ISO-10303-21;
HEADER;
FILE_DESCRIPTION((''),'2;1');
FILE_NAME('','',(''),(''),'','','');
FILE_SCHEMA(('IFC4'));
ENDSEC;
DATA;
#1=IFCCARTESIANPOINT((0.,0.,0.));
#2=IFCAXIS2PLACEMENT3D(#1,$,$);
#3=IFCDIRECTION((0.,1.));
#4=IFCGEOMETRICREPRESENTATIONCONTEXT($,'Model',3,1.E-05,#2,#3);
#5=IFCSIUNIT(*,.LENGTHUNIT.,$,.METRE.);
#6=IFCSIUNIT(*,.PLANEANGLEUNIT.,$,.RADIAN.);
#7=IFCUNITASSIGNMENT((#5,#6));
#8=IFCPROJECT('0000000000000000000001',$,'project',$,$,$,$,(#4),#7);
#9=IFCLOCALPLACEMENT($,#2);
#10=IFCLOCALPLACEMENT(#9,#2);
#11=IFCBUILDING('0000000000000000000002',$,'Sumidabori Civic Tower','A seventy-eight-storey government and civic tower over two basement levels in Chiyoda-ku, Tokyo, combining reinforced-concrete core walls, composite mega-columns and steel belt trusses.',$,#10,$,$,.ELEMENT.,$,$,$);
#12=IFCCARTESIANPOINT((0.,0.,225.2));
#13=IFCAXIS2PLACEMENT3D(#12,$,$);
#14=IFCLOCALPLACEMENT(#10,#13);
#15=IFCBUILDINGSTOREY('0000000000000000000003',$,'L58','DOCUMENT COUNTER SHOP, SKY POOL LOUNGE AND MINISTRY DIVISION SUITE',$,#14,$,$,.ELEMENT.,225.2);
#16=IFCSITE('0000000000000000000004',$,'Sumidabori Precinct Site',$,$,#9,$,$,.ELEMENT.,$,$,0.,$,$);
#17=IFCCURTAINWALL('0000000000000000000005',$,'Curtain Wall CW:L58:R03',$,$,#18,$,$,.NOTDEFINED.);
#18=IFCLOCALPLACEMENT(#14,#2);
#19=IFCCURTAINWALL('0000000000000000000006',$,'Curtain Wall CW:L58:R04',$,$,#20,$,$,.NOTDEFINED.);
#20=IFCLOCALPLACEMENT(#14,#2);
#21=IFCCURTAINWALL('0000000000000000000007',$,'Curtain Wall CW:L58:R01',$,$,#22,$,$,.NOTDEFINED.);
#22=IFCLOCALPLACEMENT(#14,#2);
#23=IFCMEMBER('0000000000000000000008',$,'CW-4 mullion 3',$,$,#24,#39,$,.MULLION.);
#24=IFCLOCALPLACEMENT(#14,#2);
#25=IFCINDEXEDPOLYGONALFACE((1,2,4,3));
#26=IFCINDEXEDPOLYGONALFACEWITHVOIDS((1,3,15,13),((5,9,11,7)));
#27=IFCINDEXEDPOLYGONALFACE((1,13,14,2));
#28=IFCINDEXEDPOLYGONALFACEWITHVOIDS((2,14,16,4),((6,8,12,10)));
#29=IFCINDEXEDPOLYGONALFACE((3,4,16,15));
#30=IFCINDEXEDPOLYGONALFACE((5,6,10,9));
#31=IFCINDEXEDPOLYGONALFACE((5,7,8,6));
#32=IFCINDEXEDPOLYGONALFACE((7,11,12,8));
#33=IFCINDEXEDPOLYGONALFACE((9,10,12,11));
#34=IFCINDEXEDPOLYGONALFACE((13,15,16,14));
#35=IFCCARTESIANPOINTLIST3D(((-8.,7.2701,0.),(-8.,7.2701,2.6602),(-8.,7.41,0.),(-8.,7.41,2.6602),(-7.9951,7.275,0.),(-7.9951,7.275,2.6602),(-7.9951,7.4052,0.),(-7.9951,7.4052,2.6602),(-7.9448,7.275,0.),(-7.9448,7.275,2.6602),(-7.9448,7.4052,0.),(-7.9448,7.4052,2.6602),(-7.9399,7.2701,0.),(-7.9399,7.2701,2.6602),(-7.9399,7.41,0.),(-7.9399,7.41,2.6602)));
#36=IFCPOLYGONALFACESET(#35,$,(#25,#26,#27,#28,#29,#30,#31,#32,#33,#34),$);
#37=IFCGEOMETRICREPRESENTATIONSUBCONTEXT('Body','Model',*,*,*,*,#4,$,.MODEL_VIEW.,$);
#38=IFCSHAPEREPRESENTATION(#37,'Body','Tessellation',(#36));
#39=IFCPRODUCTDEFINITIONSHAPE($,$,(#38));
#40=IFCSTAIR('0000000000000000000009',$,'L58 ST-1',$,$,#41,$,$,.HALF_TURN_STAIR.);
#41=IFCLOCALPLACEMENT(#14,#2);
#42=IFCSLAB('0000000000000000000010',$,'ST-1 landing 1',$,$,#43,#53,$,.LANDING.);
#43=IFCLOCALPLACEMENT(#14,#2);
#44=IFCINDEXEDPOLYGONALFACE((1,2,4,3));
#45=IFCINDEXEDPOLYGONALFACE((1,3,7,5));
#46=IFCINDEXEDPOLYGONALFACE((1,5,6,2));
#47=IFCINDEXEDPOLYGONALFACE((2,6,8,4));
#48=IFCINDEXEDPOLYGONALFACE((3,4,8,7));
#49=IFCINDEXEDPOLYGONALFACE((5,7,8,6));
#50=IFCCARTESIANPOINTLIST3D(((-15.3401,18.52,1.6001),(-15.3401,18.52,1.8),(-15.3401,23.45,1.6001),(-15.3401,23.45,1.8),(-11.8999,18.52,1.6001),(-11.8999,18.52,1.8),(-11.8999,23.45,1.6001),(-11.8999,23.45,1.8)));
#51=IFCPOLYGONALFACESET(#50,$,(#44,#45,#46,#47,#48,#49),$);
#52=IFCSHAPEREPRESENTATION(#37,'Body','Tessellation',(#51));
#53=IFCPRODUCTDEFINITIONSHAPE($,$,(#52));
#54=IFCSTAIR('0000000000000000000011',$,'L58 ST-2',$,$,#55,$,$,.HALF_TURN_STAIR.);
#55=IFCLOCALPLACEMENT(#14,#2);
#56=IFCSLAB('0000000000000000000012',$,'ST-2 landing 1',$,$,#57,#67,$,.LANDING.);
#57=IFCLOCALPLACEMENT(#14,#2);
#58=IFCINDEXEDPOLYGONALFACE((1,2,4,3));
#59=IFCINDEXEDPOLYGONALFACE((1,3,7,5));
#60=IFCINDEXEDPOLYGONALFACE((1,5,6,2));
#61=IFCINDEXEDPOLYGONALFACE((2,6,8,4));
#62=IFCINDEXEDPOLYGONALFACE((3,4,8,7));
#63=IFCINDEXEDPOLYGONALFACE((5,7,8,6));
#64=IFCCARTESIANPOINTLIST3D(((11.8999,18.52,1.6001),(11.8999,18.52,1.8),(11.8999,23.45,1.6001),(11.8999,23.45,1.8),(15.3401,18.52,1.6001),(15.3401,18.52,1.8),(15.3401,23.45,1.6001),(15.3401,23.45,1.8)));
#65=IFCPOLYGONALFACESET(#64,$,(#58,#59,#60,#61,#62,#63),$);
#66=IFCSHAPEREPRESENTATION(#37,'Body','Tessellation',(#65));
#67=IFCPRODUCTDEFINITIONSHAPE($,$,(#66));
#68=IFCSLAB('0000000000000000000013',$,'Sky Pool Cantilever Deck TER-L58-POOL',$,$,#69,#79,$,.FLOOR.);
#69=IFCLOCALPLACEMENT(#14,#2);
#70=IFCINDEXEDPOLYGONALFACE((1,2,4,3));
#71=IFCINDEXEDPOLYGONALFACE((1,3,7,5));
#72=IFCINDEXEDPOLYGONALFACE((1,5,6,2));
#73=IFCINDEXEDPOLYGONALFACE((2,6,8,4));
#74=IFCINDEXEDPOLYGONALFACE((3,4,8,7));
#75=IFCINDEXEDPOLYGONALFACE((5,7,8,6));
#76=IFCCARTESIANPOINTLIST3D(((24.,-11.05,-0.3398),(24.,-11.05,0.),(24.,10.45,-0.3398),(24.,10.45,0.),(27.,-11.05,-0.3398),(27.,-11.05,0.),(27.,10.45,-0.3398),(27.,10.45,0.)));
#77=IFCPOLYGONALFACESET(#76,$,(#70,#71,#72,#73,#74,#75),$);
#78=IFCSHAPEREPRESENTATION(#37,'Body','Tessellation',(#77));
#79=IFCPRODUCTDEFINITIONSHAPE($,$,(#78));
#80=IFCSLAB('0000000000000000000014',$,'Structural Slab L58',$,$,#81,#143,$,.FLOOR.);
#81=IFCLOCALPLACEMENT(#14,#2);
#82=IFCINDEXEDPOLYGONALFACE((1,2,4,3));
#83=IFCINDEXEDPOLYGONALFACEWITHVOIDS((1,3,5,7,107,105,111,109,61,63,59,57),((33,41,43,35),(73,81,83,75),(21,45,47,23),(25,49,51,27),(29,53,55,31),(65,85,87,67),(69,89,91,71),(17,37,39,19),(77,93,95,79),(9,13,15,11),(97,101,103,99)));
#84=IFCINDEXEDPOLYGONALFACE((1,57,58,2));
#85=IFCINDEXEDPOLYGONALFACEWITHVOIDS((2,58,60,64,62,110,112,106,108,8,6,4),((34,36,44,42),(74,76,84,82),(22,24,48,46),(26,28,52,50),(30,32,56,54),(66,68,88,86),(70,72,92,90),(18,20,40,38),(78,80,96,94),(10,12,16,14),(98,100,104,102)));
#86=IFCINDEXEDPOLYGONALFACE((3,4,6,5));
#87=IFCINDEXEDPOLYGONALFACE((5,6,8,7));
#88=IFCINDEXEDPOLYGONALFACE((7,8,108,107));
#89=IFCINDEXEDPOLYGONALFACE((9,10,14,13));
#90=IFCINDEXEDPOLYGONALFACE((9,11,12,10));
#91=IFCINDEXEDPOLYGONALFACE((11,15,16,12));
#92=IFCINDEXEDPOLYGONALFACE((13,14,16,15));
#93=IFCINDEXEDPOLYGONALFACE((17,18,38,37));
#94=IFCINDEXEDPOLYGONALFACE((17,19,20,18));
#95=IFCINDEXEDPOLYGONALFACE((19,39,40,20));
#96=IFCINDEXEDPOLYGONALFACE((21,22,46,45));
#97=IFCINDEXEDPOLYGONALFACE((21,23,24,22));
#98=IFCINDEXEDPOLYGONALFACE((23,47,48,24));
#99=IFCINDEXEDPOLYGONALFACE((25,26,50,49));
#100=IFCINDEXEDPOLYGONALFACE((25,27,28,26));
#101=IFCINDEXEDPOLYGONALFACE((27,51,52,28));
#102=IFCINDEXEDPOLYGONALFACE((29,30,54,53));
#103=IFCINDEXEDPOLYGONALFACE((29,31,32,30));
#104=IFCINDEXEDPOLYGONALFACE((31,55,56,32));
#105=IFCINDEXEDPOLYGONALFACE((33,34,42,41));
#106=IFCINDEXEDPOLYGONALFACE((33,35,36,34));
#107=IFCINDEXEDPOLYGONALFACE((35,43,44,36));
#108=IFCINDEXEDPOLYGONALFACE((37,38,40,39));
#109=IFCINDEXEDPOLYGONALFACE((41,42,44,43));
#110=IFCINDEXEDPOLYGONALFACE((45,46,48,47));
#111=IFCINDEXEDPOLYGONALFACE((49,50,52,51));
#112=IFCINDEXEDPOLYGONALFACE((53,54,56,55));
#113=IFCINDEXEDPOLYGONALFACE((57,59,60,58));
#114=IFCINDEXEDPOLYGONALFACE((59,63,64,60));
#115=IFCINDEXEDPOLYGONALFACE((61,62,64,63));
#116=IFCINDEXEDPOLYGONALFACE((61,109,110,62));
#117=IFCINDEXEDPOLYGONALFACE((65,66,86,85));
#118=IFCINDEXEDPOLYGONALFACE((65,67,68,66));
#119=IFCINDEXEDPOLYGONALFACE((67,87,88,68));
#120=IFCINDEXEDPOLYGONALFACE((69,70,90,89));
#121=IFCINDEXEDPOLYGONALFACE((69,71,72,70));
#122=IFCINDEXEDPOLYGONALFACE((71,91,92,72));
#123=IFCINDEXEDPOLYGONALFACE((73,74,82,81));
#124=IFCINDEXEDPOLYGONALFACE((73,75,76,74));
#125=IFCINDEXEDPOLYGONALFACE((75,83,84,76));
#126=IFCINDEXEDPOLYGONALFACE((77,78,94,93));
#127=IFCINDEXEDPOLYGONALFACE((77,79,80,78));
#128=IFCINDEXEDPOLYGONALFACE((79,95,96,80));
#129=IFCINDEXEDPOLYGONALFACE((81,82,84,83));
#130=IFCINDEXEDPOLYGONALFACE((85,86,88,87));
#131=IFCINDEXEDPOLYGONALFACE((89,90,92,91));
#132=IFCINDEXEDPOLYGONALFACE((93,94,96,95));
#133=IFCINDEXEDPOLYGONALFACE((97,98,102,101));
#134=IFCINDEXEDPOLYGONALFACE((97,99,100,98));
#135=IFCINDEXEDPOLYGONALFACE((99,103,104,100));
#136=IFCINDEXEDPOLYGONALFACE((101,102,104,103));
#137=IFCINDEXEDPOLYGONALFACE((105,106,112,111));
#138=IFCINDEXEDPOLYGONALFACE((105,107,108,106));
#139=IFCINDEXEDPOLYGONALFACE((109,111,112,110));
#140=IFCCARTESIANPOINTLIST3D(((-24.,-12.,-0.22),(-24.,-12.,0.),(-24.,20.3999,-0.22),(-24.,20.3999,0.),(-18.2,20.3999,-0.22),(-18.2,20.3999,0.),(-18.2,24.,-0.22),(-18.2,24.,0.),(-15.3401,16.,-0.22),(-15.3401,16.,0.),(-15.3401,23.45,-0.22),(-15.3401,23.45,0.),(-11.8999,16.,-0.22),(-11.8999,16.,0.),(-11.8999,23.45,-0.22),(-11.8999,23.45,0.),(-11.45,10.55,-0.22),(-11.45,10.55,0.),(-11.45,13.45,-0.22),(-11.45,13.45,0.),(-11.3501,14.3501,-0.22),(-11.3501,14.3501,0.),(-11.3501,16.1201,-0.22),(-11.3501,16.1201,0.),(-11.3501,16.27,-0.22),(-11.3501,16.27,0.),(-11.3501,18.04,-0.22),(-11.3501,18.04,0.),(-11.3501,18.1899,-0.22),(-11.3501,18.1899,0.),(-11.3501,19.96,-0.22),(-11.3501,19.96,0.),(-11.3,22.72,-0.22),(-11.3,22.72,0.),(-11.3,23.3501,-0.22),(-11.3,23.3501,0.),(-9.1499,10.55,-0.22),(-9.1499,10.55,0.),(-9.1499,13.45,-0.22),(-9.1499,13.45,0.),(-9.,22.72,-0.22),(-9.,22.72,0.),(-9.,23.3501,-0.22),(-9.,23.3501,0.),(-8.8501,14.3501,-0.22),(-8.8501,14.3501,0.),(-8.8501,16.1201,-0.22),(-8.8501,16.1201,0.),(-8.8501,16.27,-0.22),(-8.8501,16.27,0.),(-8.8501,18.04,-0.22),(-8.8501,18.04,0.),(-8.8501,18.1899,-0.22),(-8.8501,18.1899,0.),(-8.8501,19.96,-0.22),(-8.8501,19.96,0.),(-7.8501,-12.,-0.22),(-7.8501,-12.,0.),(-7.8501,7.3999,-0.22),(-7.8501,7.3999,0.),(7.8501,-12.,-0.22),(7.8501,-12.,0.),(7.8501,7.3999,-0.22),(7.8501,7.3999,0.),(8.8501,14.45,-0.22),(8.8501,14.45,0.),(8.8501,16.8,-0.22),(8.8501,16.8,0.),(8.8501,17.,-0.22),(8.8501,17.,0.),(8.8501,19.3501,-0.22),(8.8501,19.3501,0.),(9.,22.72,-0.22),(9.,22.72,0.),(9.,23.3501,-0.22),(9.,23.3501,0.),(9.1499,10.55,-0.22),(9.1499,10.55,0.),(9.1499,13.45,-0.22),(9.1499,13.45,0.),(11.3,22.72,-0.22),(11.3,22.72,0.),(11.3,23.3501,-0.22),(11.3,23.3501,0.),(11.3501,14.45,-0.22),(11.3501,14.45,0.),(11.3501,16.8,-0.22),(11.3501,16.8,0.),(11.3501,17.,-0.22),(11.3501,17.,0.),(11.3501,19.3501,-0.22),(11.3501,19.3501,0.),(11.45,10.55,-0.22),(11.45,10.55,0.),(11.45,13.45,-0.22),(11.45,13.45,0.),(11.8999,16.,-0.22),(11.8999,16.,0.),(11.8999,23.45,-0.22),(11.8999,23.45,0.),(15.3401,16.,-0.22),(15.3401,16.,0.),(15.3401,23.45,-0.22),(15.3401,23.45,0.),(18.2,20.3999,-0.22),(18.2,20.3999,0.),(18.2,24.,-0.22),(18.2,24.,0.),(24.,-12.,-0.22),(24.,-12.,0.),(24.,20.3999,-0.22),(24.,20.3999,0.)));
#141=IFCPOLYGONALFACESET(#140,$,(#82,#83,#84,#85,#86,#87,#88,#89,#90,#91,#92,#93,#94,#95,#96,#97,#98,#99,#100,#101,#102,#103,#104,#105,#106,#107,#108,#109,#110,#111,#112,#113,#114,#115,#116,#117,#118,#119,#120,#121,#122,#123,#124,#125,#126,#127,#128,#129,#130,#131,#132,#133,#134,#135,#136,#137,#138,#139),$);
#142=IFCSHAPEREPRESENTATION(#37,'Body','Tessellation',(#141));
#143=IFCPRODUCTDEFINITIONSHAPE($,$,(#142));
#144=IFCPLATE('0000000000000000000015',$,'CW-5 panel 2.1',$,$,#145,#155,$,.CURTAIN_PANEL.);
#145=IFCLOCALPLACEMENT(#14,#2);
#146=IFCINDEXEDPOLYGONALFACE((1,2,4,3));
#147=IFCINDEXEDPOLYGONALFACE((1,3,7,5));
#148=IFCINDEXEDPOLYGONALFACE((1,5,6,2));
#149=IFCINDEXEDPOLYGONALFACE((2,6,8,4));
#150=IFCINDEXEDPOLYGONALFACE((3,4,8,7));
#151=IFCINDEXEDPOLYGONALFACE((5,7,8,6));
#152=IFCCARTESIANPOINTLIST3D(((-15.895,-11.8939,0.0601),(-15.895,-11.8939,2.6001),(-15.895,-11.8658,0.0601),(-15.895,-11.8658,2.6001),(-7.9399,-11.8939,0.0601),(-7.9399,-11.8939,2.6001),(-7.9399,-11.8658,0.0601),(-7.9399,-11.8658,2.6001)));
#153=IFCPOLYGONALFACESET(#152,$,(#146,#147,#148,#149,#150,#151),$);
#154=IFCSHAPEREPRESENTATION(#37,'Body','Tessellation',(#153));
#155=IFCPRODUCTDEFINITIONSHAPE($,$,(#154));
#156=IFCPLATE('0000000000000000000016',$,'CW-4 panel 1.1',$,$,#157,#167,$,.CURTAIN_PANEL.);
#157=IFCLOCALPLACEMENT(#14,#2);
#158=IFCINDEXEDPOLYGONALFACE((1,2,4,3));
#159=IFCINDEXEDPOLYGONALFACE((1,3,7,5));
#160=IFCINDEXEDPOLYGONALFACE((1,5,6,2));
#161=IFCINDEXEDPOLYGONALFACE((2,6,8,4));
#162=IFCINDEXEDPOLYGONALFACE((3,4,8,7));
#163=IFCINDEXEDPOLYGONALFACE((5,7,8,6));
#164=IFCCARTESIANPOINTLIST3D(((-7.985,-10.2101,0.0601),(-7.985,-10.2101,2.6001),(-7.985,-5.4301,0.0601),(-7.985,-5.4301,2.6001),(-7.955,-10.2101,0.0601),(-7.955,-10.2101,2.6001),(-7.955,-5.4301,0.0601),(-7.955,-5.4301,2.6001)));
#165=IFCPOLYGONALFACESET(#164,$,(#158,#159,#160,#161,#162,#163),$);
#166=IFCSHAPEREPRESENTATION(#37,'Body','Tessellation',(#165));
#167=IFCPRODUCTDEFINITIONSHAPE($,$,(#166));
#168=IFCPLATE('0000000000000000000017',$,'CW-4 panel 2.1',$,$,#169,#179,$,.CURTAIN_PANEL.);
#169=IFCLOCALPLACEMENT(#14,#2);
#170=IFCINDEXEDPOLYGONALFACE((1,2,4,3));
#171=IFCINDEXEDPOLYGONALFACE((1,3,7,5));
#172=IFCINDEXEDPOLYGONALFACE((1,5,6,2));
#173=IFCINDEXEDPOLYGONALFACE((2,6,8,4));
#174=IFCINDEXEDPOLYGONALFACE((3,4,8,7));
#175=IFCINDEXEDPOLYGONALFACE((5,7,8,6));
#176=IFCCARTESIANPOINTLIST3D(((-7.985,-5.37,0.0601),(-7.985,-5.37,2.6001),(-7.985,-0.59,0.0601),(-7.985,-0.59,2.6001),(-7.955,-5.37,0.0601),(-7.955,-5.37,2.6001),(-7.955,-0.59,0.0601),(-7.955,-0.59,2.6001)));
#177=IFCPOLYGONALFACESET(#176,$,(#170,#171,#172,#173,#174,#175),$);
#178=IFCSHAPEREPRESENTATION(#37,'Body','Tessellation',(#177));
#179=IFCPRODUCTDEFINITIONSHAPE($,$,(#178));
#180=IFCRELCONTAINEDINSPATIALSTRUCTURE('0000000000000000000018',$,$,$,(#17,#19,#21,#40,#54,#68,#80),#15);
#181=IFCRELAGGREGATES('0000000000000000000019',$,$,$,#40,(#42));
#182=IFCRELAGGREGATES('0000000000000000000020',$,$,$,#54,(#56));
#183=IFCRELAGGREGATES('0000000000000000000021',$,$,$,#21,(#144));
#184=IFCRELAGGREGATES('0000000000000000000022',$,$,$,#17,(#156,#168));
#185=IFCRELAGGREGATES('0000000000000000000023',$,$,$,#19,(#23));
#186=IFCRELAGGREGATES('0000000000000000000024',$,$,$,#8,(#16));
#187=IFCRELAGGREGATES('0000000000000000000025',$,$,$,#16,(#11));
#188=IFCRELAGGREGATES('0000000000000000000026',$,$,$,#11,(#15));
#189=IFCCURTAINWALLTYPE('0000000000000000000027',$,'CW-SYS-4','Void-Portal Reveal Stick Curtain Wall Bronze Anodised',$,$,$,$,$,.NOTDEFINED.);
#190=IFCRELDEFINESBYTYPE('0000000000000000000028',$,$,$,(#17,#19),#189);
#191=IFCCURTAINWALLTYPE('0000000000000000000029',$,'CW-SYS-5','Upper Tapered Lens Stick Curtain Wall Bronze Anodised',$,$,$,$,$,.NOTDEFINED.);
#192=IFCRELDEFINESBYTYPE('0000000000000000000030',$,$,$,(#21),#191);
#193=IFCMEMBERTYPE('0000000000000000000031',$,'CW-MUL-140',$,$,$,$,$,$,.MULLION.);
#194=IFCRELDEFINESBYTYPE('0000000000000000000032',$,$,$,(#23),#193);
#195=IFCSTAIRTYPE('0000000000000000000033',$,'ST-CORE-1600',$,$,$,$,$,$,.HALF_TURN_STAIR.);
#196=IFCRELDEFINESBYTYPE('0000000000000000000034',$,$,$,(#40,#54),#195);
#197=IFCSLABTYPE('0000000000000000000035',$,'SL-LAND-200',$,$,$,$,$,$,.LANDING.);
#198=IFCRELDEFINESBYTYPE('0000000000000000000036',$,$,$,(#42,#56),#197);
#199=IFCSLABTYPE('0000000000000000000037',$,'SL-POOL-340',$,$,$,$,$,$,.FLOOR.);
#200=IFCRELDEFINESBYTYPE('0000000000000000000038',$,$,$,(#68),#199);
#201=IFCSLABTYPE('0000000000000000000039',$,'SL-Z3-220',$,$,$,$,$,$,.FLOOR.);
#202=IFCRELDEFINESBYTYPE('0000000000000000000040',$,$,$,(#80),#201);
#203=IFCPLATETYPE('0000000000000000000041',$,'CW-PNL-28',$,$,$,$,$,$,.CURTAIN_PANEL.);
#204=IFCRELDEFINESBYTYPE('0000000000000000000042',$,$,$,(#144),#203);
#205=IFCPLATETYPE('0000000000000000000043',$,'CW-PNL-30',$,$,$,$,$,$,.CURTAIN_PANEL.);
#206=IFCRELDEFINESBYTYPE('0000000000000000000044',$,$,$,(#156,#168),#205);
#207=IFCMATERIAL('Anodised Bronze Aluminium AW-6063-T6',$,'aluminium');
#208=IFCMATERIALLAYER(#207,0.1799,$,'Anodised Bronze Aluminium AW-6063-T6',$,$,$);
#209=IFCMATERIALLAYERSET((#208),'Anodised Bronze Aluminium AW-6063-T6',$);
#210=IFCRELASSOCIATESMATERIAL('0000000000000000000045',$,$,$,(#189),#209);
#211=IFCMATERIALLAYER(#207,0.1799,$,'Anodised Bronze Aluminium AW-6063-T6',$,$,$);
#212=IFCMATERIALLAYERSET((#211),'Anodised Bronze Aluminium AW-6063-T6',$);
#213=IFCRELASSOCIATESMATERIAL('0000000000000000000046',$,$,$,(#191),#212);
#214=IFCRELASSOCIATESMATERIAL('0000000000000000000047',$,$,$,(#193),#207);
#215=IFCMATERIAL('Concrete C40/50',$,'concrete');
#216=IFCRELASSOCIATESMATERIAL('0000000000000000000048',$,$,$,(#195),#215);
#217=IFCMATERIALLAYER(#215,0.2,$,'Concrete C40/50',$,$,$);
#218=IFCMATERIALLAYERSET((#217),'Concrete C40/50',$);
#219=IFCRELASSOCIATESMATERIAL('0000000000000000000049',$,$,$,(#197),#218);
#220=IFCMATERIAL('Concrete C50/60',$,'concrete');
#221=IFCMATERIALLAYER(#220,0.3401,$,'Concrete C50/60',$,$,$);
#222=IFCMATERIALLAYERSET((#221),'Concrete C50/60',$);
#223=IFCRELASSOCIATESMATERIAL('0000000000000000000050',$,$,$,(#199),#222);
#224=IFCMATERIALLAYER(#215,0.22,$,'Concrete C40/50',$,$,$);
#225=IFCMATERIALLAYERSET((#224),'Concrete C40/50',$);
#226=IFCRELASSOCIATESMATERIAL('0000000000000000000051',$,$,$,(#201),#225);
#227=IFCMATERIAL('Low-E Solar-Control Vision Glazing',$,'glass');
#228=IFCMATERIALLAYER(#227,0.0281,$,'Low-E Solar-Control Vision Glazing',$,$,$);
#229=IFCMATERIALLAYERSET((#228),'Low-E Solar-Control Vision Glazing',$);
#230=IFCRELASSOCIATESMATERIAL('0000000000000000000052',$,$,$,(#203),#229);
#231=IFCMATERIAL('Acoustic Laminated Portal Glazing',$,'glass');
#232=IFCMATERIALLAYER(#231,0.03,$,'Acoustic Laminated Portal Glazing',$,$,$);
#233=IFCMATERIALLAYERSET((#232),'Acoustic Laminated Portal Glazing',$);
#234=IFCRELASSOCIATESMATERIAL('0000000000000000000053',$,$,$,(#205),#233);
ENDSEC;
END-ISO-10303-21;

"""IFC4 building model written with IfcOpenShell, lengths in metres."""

from ifc_helpers import new_model, si_unit, direction, frame, origin, origin_2d, place, context, subcontext, project, spatial, polyline, rectangle, hollow_rectangle, outline, extrude, source, transform, mapped, material, layer, layer_set, material_profile, profile_set, type_object, element, aggregate, save


model = new_model("IFC4")

# Units and contexts
model_context = context("Model", 3, precision=1e-05, world=origin(), true_north=direction((0.0, 1.0)))
body_context = subcontext(model_context, "Body", "Model", "MODEL_VIEW")
ifc_project = project(units=[si_unit("LENGTHUNIT", "METRE"), si_unit("PLANEANGLEUNIT", "RADIAN")], contexts=[model_context])

# Site, building, storey
site_placement = place(None, origin())
site = spatial("IfcSite", under=ifc_project, at=site_placement, Name="Sumidabori Precinct Site", CompositionType="ELEMENT", RefElevation=0.0)
building_placement = place(site_placement, origin())
building = spatial("IfcBuilding", under=site, at=building_placement, Name="Sumidabori Civic Tower", Description="A seventy-eight-storey government and civic tower over two basement levels in Chiyoda-ku, Tokyo, combining reinforced-concrete core walls, composite mega-columns and steel belt trusses.", CompositionType="ELEMENT")
storey_placement = place(building_placement, frame((0.0, 0.0, 225.2)))
storey = spatial("IfcBuildingStorey", under=building, at=storey_placement, Name="L58", Description="DOCUMENT COUNTER SHOP, SKY POOL LOUNGE AND MINISTRY DIVISION SUITE", CompositionType="ELEMENT", Elevation=225.2)

# Curtain walls
ifc_material_1 = material(Name="Anodised Bronze Aluminium AW-6063-T6", Category="aluminium")
ifc_layer_1 = layer(ifc_material_1, 0.1799, Name="Anodised Bronze Aluminium AW-6063-T6")
ifc_layer_set_1 = layer_set([ifc_layer_1], Name="Anodised Bronze Aluminium AW-6063-T6")
curtain_wall_type_1 = type_object("IfcCurtainWallType", Name="CW-SYS-4", Description="Void-Portal Reveal Stick Curtain Wall Bronze Anodised", PredefinedType="NOTDEFINED", material=ifc_layer_set_1)
curtain_wall_1_placement = place(storey_placement, origin())
curtain_wall_1 = element("IfcCurtainWall", 1, at=curtain_wall_1_placement, inside=storey, type_object=curtain_wall_type_1, Name="Curtain Wall CW:L58:R03", PredefinedType="NOTDEFINED")
curtain_wall_2_placement = place(storey_placement, origin())
curtain_wall_2 = element("IfcCurtainWall", 2, at=curtain_wall_2_placement, inside=storey, type_object=curtain_wall_type_1, Name="Curtain Wall CW:L58:R04", PredefinedType="NOTDEFINED")

# Curtain wall
ifc_layer_2 = layer(ifc_material_1, 0.1799, Name="Anodised Bronze Aluminium AW-6063-T6")
ifc_layer_set_2 = layer_set([ifc_layer_2], Name="Anodised Bronze Aluminium AW-6063-T6")
curtain_wall_type_2 = type_object("IfcCurtainWallType", Name="CW-SYS-5", Description="Upper Tapered Lens Stick Curtain Wall Bronze Anodised", PredefinedType="NOTDEFINED", material=ifc_layer_set_2)
curtain_wall_3_placement = place(storey_placement, origin())
curtain_wall_3 = element("IfcCurtainWall", 3, at=curtain_wall_3_placement, inside=storey, type_object=curtain_wall_type_2, Name="Curtain Wall CW:L58:R01", PredefinedType="NOTDEFINED")
ifc_material_profile_1 = material_profile(ifc_material_1, hollow_rectangle(XDim=0.0601, YDim=0.1399, WallThickness=0.0049, at=origin_2d()), Name="ALU MULLION 140x60")
ifc_profile_set_1 = profile_set([ifc_material_profile_1], Name="Anodised Bronze Aluminium AW-6063-T6")
member_type_1 = type_object("IfcMemberType", Name="CW-MUL-140", PredefinedType="MULLION", material=ifc_profile_set_1)
shared_shape_1 = source(origin(), body_context, "Body", "SweptSolid", [
    extrude(hollow_rectangle(XDim=0.0601, YDim=0.1399, WallThickness=0.0049, at=origin_2d()), origin(), (0.0, 0.0, 1.0), 2.6602),
])

# Member
member_1_placement = place(storey_placement, frame((-7.97, 7.3401, 0.0), z_axis=(0.0, 0.0, 1.0), x_axis=(-1.0, 0.0, 0.0)))
member_1 = element("IfcMember", 4, at=member_1_placement, type_object=member_type_1, Name="CW-4 mullion 3", PredefinedType="MULLION", context=body_context, shape_type="MappedRepresentation", body=[
    mapped(shared_shape_1, transform((0.0, 0.0, 0.0), x_axis=(1.0, 0.0, 0.0), y_axis=(0.0, 1.0, 0.0), z_axis=(0.0, 0.0, 1.0), scale=1.0)),
])

# Stairs, slabs
ifc_material_2 = material(Name="Concrete C40/50", Category="concrete")
stair_type = type_object("IfcStairType", Name="ST-CORE-1600", PredefinedType="HALF_TURN_STAIR", material=ifc_material_2)
stair_1_placement = place(storey_placement, origin())
stair_1 = element("IfcStair", 5, at=stair_1_placement, inside=storey, type_object=stair_type, Name="L58 ST-1", PredefinedType="HALF_TURN_STAIR")
ifc_layer_3 = layer(ifc_material_2, 0.2, Name="Concrete C40/50")
ifc_layer_set_3 = layer_set([ifc_layer_3], Name="Concrete C40/50")
slab_type_1 = type_object("IfcSlabType", Name="SL-LAND-200", PredefinedType="LANDING", material=ifc_layer_set_3)
slab_1_placement = place(storey_placement, frame((0.0, 0.0, 1.6001)))
slab_1 = element("IfcSlab", 6, at=slab_1_placement, type_object=slab_type_1, Name="ST-1 landing 1", PredefinedType="LANDING", context=body_context, shape_type="SweptSolid", body=[
    extrude(outline(polyline([(-11.8999, 18.52), (-11.8999, 23.45), (-15.3401, 23.45), (-15.3401, 18.52), (-11.8999, 18.52)])), origin(), (0.0, 0.0, 1.0), 0.2),
])
aggregate(stair_1, [slab_1])
stair_2_placement = place(storey_placement, origin())
stair_2 = element("IfcStair", 7, at=stair_2_placement, inside=storey, type_object=stair_type, Name="L58 ST-2", PredefinedType="HALF_TURN_STAIR")
slab_2_placement = place(storey_placement, frame((0.0, 0.0, 1.6001)))
slab_2 = element("IfcSlab", 8, at=slab_2_placement, type_object=slab_type_1, Name="ST-2 landing 1", PredefinedType="LANDING", context=body_context, shape_type="SweptSolid", body=[
    extrude(outline(polyline([(15.3401, 18.52), (15.3401, 23.45), (11.8999, 23.45), (11.8999, 18.52), (15.3401, 18.52)])), origin(), (0.0, 0.0, 1.0), 0.2),
])
aggregate(stair_2, [slab_2])

# Slabs
ifc_material_3 = material(Name="Concrete C50/60", Category="concrete")
ifc_layer_4 = layer(ifc_material_3, 0.3401, Name="Concrete C50/60")
ifc_layer_set_4 = layer_set([ifc_layer_4], Name="Concrete C50/60")
slab_type_2 = type_object("IfcSlabType", Name="SL-POOL-340", PredefinedType="FLOOR", material=ifc_layer_set_4)
slab_3_placement = place(storey_placement, frame((0.0, 0.0, -0.3398)))
element("IfcSlab", 9, at=slab_3_placement, inside=storey, type_object=slab_type_2, Name="Sky Pool Cantilever Deck TER-L58-POOL", PredefinedType="FLOOR", context=body_context, shape_type="SweptSolid", body=[
    extrude(outline(polyline([(24.0, -11.05), (27.0, -11.05), (27.0, 10.45), (24.0, 10.45), (24.0, -11.05)])), origin(), (0.0, 0.0, 1.0), 0.3398),
])
ifc_layer_5 = layer(ifc_material_2, 0.22, Name="Concrete C40/50")
ifc_layer_set_5 = layer_set([ifc_layer_5], Name="Concrete C40/50")
slab_type_3 = type_object("IfcSlabType", Name="SL-Z3-220", PredefinedType="FLOOR", material=ifc_layer_set_5)
slab_4_placement = place(storey_placement, frame((0.0, 0.0, -0.22)))
element("IfcSlab", 10, at=slab_4_placement, inside=storey, type_object=slab_type_3, Name="Structural Slab L58", PredefinedType="FLOOR", context=body_context, shape_type="SweptSolid", body=[
    extrude(outline(polyline([(-24.0, -12.0), (-7.8501, -12.0), (-7.8501, 7.3999), (7.8501, 7.3999), (7.8501, -12.0), (24.0, -12.0), (24.0, 20.3999), (18.2, 20.3999), (18.2, 24.0), (-18.2, 24.0), (-18.2, 20.3999), (-24.0, 20.3999), (-24.0, -12.0)]), holes=[polyline([(-11.8999, 16.0), (-11.8999, 23.45), (-15.3401, 23.45), (-15.3401, 16.0), (-11.8999, 16.0)]), polyline([(15.3401, 16.0), (15.3401, 23.45), (11.8999, 23.45), (11.8999, 16.0), (15.3401, 16.0)]), polyline([(-11.45, 10.55), (-9.1499, 10.55), (-9.1499, 13.45), (-11.45, 13.45), (-11.45, 10.55)]), polyline([(9.1499, 10.55), (11.45, 10.55), (11.45, 13.45), (9.1499, 13.45), (9.1499, 10.55)]), polyline([(-11.3501, 14.3501), (-8.8501, 14.3501), (-8.8501, 16.1201), (-11.3501, 16.1201), (-11.3501, 14.3501)]), polyline([(-11.3501, 16.27), (-8.8501, 16.27), (-8.8501, 18.04), (-11.3501, 18.04), (-11.3501, 16.27)]), polyline([(-11.3501, 18.1899), (-8.8501, 18.1899), (-8.8501, 19.96), (-11.3501, 19.96), (-11.3501, 18.1899)]), polyline([(8.8501, 14.45), (11.3501, 14.45), (11.3501, 16.8), (8.8501, 16.8), (8.8501, 14.45)]), polyline([(8.8501, 17.0), (11.3501, 17.0), (11.3501, 19.3501), (8.8501, 19.3501), (8.8501, 17.0)]), polyline([(-11.3, 22.72), (-9.0, 22.72), (-9.0, 23.3501), (-11.3, 23.3501), (-11.3, 22.72)]), polyline([(9.0, 22.72), (11.3, 22.72), (11.3, 23.3501), (9.0, 23.3501), (9.0, 22.72)])]), origin(), (0.0, 0.0, 1.0), 0.22),
])

# Plates
ifc_material_4 = material(Name="Low-E Solar-Control Vision Glazing", Category="glass")
ifc_layer_6 = layer(ifc_material_4, 0.0281, Name="Low-E Solar-Control Vision Glazing")
ifc_layer_set_6 = layer_set([ifc_layer_6], Name="Low-E Solar-Control Vision Glazing")
plate_type_1 = type_object("IfcPlateType", Name="CW-PNL-28", PredefinedType="CURTAIN_PANEL", material=ifc_layer_set_6)
shared_shape_2 = source(origin(), body_context, "Body", "SweptSolid", [
    extrude(rectangle(XDim=7.9551, YDim=0.0281, at=origin_2d()), origin(), (0.0, 0.0, 1.0), 2.54),
])
plate_1_placement = place(storey_placement, frame((-11.9175, -11.8799, 0.0601), z_axis=(0.0, 0.0, 1.0), x_axis=(1.0, 0.0, 0.0)))
plate_1 = element("IfcPlate", 11, at=plate_1_placement, type_object=plate_type_1, Name="CW-5 panel 2.1", PredefinedType="CURTAIN_PANEL", context=body_context, shape_type="MappedRepresentation", body=[
    mapped(shared_shape_2, transform((0.0, 0.0, 0.0), x_axis=(1.0, 0.0, 0.0), y_axis=(0.0, 1.0, 0.0), z_axis=(0.0, 0.0, 1.0), scale=1.0)),
])
aggregate(curtain_wall_3, [plate_1])
ifc_material_5 = material(Name="Acoustic Laminated Portal Glazing", Category="glass")
ifc_layer_7 = layer(ifc_material_5, 0.03, Name="Acoustic Laminated Portal Glazing")
ifc_layer_set_7 = layer_set([ifc_layer_7], Name="Acoustic Laminated Portal Glazing")
plate_type_2 = type_object("IfcPlateType", Name="CW-PNL-30", PredefinedType="CURTAIN_PANEL", material=ifc_layer_set_7)
shared_shape_3 = source(origin(), body_context, "Body", "SweptSolid", [
    extrude(rectangle(XDim=4.78, YDim=0.03, at=origin_2d()), origin(), (0.0, 0.0, 1.0), 2.54),
])
plate_2_placement = place(storey_placement, frame((-7.97, -7.8201, 0.0601), z_axis=(0.0, 0.0, 1.0), x_axis=(0.0, 1.0, 0.0)))
plate_2 = element("IfcPlate", 12, at=plate_2_placement, type_object=plate_type_2, Name="CW-4 panel 1.1", PredefinedType="CURTAIN_PANEL", context=body_context, shape_type="MappedRepresentation", body=[
    mapped(shared_shape_3, transform((0.0, 0.0, 0.0), x_axis=(1.0, 0.0, 0.0), y_axis=(0.0, 1.0, 0.0), z_axis=(0.0, 0.0, 1.0), scale=1.0)),
])
plate_3_placement = place(storey_placement, frame((-7.97, -2.98, 0.0601), z_axis=(0.0, 0.0, 1.0), x_axis=(0.0, 1.0, 0.0)))
plate_3 = element("IfcPlate", 13, at=plate_3_placement, type_object=plate_type_2, Name="CW-4 panel 2.1", PredefinedType="CURTAIN_PANEL", context=body_context, shape_type="MappedRepresentation", body=[
    mapped(shared_shape_3, transform((0.0, 0.0, 0.0), x_axis=(1.0, 0.0, 0.0), y_axis=(0.0, 1.0, 0.0), z_axis=(0.0, 0.0, 1.0), scale=1.0)),
])
aggregate(curtain_wall_1, [plate_2, plate_3])
aggregate(curtain_wall_2, [member_1])

save(model, "model.ifc")
